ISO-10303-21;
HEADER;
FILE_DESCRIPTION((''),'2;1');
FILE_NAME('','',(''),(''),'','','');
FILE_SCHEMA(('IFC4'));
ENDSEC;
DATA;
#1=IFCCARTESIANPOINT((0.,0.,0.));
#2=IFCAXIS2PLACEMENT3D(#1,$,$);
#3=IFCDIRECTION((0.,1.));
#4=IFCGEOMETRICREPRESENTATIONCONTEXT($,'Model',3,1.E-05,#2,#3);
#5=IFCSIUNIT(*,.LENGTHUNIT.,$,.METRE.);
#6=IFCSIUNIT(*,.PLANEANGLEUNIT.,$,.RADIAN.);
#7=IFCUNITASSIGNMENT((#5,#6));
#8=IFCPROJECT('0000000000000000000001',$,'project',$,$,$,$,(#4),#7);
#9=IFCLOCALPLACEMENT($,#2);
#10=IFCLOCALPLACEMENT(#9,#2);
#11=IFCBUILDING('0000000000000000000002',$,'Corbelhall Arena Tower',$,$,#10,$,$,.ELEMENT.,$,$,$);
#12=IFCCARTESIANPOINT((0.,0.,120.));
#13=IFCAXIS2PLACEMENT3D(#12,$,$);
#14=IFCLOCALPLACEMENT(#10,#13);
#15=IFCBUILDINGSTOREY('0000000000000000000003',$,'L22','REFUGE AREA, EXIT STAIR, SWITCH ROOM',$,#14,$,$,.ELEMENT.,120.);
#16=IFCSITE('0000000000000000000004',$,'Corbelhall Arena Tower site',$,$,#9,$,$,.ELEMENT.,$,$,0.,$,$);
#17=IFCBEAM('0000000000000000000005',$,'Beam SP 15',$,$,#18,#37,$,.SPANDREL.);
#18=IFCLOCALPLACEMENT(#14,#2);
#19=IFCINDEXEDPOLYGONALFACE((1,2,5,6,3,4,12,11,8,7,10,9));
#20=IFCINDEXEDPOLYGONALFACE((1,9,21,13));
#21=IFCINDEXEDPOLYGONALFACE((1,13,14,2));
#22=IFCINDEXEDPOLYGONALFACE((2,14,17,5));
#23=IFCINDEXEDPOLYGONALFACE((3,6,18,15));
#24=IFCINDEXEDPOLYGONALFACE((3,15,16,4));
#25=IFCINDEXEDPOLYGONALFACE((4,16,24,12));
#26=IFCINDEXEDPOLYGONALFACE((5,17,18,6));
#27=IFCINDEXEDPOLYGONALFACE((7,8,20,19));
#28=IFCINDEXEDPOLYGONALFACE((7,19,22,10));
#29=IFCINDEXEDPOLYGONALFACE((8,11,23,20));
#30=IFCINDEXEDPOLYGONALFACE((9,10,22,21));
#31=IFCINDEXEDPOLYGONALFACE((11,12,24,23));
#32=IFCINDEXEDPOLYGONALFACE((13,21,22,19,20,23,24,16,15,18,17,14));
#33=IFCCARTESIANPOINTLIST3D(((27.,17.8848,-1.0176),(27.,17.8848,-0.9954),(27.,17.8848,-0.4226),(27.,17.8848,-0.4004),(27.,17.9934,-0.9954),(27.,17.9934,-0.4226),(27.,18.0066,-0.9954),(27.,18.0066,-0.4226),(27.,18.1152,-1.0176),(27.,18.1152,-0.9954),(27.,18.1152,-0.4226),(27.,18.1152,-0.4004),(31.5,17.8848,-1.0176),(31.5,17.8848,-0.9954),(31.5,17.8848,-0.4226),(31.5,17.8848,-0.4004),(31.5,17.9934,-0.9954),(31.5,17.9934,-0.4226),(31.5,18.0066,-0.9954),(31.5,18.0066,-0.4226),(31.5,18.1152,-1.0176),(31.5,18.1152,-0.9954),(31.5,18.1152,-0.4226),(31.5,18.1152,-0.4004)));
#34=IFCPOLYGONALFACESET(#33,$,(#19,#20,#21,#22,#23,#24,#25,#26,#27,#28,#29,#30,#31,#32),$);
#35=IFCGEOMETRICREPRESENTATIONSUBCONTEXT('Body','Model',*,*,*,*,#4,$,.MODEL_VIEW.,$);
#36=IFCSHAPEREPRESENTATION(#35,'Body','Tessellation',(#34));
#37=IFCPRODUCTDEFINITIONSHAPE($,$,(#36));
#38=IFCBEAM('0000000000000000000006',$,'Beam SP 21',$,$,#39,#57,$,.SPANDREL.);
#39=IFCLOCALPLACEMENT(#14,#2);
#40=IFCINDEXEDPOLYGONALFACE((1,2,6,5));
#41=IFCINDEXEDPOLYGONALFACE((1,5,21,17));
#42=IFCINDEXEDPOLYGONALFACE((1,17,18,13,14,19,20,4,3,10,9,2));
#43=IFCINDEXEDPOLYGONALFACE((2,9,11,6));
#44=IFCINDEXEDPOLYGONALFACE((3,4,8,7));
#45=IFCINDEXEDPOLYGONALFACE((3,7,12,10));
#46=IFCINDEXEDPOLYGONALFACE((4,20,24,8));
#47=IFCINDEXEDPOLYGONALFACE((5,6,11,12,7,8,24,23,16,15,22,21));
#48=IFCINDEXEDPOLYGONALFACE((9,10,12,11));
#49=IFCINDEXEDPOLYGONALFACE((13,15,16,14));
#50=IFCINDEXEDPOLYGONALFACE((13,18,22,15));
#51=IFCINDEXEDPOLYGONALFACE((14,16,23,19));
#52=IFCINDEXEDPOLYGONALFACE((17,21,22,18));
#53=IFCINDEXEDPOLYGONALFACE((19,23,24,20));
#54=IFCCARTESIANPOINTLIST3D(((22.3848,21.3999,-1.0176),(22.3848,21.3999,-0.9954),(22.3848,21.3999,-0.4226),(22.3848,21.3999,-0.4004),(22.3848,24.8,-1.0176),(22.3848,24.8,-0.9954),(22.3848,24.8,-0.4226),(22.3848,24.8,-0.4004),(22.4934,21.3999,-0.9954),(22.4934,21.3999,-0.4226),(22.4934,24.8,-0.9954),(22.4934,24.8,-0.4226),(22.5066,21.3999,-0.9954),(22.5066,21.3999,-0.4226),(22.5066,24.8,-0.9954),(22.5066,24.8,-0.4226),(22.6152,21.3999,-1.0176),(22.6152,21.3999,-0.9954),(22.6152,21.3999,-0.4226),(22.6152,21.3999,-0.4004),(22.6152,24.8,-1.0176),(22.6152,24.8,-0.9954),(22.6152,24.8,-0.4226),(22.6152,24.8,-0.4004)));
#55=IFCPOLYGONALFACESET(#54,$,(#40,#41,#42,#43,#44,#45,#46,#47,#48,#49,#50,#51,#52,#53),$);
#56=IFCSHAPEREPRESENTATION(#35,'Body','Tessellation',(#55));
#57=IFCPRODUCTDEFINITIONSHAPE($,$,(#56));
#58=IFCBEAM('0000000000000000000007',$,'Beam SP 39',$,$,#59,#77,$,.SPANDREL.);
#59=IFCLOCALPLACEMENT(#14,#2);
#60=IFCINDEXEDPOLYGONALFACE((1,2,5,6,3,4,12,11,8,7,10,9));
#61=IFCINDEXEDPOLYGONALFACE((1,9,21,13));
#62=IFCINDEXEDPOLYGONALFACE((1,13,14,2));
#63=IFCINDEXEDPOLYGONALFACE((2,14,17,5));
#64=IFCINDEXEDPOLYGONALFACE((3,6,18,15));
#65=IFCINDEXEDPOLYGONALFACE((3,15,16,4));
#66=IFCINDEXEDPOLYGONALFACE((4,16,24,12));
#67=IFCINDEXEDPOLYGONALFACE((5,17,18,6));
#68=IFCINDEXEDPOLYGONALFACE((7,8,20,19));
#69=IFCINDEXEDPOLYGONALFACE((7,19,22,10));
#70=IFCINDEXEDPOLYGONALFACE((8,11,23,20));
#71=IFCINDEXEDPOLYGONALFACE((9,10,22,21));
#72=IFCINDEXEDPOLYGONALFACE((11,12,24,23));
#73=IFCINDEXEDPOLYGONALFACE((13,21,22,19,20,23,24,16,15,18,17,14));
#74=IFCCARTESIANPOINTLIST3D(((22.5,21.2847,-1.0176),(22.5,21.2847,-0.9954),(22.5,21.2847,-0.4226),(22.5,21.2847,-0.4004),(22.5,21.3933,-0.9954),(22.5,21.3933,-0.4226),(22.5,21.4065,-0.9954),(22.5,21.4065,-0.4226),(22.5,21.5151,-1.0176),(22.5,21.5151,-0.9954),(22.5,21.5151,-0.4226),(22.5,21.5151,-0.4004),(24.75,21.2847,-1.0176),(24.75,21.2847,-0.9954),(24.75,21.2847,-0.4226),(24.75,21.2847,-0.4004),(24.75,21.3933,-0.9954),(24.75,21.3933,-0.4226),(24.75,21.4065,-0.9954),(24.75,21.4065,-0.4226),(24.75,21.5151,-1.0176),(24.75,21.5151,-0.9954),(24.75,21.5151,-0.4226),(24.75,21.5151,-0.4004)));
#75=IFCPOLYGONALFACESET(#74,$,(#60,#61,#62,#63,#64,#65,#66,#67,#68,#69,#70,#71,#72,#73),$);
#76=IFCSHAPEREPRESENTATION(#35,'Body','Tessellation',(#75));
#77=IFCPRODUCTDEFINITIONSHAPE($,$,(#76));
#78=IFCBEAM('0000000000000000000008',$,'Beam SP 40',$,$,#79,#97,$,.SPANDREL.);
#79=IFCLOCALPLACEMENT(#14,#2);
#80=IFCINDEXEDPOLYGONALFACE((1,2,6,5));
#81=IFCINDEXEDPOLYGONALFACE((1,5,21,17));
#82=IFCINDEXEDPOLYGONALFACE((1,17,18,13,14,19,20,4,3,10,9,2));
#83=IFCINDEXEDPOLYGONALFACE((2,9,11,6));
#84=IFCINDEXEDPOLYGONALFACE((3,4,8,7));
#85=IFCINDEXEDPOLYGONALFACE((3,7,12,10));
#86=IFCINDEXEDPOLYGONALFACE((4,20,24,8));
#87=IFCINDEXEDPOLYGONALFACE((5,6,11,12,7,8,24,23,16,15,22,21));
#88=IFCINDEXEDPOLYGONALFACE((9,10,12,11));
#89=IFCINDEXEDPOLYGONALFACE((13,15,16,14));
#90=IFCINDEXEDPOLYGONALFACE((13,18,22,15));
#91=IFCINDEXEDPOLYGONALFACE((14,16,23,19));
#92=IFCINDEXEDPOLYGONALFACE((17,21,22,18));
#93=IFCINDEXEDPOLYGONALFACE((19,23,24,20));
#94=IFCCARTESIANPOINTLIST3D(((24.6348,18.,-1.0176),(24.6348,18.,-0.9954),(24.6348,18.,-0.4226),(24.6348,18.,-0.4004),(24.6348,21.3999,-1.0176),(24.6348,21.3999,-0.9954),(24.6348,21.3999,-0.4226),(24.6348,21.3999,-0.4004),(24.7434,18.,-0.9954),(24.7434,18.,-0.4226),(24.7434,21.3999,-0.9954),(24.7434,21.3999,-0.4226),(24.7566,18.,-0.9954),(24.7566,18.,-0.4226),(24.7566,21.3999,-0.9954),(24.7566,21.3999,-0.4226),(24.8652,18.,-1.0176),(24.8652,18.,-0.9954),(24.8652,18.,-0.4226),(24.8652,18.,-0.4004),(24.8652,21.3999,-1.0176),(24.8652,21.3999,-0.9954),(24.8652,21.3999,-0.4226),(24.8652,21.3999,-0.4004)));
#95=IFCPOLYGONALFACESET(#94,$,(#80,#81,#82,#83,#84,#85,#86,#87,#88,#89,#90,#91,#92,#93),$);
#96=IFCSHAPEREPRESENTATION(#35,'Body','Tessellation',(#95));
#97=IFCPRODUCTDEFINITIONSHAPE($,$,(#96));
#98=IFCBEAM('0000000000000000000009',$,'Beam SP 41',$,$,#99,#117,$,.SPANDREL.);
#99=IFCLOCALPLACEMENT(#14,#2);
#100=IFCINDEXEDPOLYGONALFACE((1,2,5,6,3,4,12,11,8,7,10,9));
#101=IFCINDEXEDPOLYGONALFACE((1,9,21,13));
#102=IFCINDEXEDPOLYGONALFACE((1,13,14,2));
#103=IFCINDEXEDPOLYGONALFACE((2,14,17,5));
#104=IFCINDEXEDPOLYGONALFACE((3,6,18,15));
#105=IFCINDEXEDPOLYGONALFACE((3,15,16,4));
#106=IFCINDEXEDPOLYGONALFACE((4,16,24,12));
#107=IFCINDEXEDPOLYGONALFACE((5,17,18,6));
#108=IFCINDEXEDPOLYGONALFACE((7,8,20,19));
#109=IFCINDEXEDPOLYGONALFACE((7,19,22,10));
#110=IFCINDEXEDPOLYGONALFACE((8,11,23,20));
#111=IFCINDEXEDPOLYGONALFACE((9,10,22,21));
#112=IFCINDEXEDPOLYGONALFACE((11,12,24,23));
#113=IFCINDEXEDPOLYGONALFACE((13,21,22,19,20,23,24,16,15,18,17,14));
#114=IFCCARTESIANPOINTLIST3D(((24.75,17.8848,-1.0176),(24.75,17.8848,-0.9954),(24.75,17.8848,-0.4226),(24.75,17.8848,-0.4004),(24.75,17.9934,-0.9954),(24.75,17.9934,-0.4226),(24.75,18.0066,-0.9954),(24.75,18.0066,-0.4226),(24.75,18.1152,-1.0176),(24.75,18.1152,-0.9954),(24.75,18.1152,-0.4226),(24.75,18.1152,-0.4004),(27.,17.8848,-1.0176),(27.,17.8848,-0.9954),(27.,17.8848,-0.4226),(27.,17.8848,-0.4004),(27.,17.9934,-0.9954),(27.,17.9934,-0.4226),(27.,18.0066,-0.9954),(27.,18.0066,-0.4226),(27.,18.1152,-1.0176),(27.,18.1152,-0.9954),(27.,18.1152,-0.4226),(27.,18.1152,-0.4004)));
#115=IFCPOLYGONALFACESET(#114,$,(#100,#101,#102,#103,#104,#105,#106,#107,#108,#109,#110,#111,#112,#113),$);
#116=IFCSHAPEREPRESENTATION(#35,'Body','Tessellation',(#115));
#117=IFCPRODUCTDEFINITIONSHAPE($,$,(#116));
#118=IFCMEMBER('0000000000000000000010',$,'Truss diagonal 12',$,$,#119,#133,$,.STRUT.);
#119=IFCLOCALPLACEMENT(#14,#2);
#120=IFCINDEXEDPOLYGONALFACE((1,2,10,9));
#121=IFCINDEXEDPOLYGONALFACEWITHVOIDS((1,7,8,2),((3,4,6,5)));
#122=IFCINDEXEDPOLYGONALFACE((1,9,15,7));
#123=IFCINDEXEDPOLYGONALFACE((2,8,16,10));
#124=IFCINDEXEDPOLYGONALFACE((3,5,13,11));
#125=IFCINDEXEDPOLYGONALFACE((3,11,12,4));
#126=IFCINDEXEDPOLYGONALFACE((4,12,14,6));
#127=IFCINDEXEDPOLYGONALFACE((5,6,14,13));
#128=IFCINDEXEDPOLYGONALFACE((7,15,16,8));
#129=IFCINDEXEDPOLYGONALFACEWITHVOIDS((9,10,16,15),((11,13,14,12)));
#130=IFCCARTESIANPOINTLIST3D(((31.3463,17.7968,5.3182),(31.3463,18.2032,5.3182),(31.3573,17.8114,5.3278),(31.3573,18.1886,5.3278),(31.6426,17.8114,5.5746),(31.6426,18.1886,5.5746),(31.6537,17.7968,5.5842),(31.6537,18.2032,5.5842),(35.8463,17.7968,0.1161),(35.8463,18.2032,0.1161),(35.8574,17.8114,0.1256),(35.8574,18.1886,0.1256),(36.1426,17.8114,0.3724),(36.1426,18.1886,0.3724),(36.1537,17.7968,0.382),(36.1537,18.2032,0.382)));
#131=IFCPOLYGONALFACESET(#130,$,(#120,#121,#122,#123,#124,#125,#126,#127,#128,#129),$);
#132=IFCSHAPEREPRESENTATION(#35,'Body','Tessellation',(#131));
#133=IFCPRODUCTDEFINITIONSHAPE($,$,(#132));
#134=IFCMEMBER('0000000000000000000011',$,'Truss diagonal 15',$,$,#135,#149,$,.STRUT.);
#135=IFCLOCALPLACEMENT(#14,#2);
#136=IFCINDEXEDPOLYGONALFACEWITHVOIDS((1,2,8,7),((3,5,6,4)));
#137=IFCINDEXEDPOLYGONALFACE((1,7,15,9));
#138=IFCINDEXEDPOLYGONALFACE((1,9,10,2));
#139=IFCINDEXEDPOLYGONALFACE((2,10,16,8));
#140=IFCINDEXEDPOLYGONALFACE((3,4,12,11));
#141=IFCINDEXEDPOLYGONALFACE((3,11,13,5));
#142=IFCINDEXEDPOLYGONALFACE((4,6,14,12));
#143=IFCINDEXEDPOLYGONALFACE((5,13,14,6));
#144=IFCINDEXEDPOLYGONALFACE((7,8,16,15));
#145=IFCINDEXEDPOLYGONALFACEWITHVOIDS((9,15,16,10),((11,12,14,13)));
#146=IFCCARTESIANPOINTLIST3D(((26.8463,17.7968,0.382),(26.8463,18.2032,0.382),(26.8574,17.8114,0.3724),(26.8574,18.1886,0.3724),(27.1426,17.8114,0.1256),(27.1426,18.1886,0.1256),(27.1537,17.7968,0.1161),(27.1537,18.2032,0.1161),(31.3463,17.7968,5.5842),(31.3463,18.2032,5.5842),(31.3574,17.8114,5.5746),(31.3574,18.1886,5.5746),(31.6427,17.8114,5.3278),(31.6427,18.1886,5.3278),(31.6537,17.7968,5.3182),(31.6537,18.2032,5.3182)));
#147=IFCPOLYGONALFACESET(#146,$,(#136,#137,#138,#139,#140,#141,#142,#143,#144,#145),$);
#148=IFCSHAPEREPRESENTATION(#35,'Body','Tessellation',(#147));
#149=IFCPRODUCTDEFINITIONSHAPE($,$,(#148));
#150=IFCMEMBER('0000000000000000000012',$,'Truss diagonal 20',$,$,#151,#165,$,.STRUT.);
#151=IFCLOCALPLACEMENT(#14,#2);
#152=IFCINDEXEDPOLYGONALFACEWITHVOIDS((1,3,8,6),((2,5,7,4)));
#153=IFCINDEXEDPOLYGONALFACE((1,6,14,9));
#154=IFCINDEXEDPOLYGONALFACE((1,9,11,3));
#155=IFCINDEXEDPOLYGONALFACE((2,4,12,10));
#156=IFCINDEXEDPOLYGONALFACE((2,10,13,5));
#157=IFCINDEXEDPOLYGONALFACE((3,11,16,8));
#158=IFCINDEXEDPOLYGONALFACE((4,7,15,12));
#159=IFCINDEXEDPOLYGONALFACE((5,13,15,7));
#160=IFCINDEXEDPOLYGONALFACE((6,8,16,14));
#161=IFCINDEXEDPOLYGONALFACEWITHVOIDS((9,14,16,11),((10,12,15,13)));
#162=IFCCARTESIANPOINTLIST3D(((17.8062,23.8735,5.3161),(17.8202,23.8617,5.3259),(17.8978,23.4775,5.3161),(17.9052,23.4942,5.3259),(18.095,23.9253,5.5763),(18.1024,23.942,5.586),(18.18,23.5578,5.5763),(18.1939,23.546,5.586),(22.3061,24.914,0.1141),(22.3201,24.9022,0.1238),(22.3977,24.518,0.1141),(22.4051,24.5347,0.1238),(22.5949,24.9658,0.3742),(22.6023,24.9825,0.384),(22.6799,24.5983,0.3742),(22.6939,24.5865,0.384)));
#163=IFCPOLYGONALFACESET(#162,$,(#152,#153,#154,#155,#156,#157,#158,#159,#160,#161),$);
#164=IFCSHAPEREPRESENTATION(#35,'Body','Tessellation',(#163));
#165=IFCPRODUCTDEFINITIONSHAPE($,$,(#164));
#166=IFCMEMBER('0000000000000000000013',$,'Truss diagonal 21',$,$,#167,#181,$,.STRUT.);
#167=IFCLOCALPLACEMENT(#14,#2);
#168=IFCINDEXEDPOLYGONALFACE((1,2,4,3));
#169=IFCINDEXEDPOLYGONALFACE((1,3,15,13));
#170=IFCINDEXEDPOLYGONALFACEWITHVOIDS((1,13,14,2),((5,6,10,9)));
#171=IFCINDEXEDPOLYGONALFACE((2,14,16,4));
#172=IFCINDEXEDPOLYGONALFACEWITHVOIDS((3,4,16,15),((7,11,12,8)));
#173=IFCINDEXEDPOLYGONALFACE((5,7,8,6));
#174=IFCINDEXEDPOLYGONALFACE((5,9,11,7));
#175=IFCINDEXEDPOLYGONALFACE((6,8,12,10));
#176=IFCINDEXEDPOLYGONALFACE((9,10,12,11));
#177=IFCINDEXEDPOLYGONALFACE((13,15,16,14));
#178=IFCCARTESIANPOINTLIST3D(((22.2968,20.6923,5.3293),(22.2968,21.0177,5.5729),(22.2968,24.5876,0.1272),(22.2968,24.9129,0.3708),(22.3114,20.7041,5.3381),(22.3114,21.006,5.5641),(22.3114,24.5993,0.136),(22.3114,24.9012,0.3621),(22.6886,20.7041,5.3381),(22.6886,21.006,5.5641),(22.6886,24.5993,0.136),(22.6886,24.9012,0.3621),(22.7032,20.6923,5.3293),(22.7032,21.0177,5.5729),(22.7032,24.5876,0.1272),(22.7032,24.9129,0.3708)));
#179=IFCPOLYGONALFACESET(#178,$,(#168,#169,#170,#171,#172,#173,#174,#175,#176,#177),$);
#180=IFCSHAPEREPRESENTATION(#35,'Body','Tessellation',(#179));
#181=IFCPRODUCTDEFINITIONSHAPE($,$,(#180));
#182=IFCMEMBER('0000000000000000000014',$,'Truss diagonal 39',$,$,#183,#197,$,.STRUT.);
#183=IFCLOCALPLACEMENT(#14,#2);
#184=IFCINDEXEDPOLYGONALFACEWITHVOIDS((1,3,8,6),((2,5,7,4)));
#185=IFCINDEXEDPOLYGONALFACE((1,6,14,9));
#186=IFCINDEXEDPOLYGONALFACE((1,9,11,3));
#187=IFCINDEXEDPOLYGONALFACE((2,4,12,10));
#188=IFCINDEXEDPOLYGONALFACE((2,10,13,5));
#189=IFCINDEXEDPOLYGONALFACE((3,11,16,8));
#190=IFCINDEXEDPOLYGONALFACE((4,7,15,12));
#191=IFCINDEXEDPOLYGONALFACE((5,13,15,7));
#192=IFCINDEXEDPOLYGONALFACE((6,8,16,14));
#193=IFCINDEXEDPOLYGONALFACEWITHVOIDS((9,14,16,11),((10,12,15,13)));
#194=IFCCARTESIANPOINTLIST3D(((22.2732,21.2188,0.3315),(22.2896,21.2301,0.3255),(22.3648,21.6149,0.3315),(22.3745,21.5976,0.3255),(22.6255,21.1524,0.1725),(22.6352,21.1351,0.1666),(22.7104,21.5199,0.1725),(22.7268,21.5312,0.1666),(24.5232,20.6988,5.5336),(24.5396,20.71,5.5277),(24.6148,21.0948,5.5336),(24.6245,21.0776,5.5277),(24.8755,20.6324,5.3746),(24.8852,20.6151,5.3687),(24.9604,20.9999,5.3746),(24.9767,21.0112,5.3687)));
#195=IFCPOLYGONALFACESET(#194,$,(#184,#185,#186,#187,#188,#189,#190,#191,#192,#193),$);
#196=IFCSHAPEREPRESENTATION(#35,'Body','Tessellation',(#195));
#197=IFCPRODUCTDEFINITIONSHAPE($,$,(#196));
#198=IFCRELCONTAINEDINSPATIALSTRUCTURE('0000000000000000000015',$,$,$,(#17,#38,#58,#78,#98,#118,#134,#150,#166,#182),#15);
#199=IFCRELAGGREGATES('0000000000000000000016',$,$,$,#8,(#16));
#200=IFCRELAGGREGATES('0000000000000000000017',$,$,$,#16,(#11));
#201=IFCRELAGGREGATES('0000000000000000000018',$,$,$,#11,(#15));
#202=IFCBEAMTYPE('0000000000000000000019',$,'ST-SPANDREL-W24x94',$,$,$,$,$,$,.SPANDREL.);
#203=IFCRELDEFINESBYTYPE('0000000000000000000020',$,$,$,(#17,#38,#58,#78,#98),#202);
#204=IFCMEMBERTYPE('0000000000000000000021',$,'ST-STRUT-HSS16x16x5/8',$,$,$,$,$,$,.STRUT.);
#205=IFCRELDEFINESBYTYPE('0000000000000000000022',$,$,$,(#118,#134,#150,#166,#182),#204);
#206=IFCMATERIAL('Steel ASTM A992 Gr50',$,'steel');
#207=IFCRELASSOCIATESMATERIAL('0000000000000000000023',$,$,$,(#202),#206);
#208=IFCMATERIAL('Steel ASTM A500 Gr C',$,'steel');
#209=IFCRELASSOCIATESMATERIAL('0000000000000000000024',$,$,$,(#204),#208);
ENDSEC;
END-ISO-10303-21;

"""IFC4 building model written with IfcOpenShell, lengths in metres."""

from ifc_helpers import new_model, si_unit, direction, frame, origin, origin_2d, place, context, subcontext, project, spatial, hollow_rectangle, i_section, extrude, material, material_profile, profile_set, type_object, element, save


model = new_model("IFC4")

# Units and contexts
model_context = context("Model", 3, precision=1e-05, world=origin(), true_north=direction((0.0, 1.0)))
body_context = subcontext(model_context, "Body", "Model", "MODEL_VIEW")
ifc_project = project(units=[si_unit("LENGTHUNIT", "METRE"), si_unit("PLANEANGLEUNIT", "RADIAN")], contexts=[model_context])

# Site, building, storey
site_placement = place(None, origin())
site = spatial("IfcSite", under=ifc_project, at=site_placement, Name="Corbelhall Arena Tower site", CompositionType="ELEMENT", RefElevation=0.0)
building_placement = place(site_placement, origin())
building = spatial("IfcBuilding", under=site, at=building_placement, Name="Corbelhall Arena Tower", CompositionType="ELEMENT")
storey_placement = place(building_placement, frame((0.0, 0.0, 120.0)))
storey = spatial("IfcBuildingStorey", under=building, at=storey_placement, Name="L22", Description="REFUGE AREA, EXIT STAIR, SWITCH ROOM", CompositionType="ELEMENT", Elevation=120.0)

# Beams
ifc_material_1 = material(Name="Steel ASTM A992 Gr50", Category="steel")
ifc_material_profile_1 = material_profile(ifc_material_1, i_section(OverallWidth=0.2305, OverallDepth=0.6172, WebThickness=0.0132, FlangeThickness=0.0222, at=origin_2d()))
ifc_profile_set_1 = profile_set([ifc_material_profile_1], Name="Steel ASTM A992 Gr50")
beam_type = type_object("IfcBeamType", Name="ST-SPANDREL-W24x94", PredefinedType="SPANDREL", material=ifc_profile_set_1)
for number, where, z_axis, x_axis, name in (
    (1, (27.0, 18.0, -0.709), (1.0, 0.0, 0.0), (0.0, 1.0, 0.0), "Beam SP 15"),
):
    element("IfcBeam", number, at=place(storey_placement, frame(where, z_axis=z_axis, x_axis=x_axis)), inside=storey, type_object=beam_type, Name=name, PredefinedType="SPANDREL", context=body_context, shape_type="SweptSolid", body=[
        extrude(i_section(OverallWidth=0.2305, OverallDepth=0.6172, WebThickness=0.0132, FlangeThickness=0.0222, at=origin_2d()), origin(), (0.0, 0.0, 1.0), 4.5),
    ])
beam_1_placement = place(storey_placement, frame((22.5, 24.8, -0.709), z_axis=(0.0, -1.0, 0.0), x_axis=(1.0, 0.0, 0.0)))
element("IfcBeam", 2, at=beam_1_placement, inside=storey, type_object=beam_type, Name="Beam SP 21", PredefinedType="SPANDREL", context=body_context, shape_type="SweptSolid", body=[
    extrude(i_section(OverallWidth=0.2305, OverallDepth=0.6172, WebThickness=0.0132, FlangeThickness=0.0222, at=origin_2d()), origin(), (0.0, 0.0, 1.0), 3.4001),
])
beam_2_placement = place(storey_placement, frame((22.5, 21.3999, -0.709), z_axis=(1.0, 0.0, 0.0), x_axis=(0.0, 1.0, 0.0)))
element("IfcBeam", 3, at=beam_2_placement, inside=storey, type_object=beam_type, Name="Beam SP 39", PredefinedType="SPANDREL", context=body_context, shape_type="SweptSolid", body=[
    extrude(i_section(OverallWidth=0.2305, OverallDepth=0.6172, WebThickness=0.0132, FlangeThickness=0.0222, at=origin_2d()), origin(), (0.0, 0.0, 1.0), 2.25),
])
beam_3_placement = place(storey_placement, frame((24.75, 21.3999, -0.709), z_axis=(0.0, -1.0, 0.0), x_axis=(1.0, 0.0, 0.0)))
element("IfcBeam", 4, at=beam_3_placement, inside=storey, type_object=beam_type, Name="Beam SP 40", PredefinedType="SPANDREL", context=body_context, shape_type="SweptSolid", body=[
    extrude(i_section(OverallWidth=0.2305, OverallDepth=0.6172, WebThickness=0.0132, FlangeThickness=0.0222, at=origin_2d()), origin(), (0.0, 0.0, 1.0), 3.3999),
])
beam_4_placement = place(storey_placement, frame((24.75, 18.0, -0.709), z_axis=(1.0, 0.0, 0.0), x_axis=(0.0, 1.0, 0.0)))
element("IfcBeam", 5, at=beam_4_placement, inside=storey, type_object=beam_type, Name="Beam SP 41", PredefinedType="SPANDREL", context=body_context, shape_type="SweptSolid", body=[
    extrude(i_section(OverallWidth=0.2305, OverallDepth=0.6172, WebThickness=0.0132, FlangeThickness=0.0222, at=origin_2d()), origin(), (0.0, 0.0, 1.0), 2.25),
])

# Members
ifc_material_2 = material(Name="Steel ASTM A500 Gr C", Category="steel")
ifc_material_profile_2 = material_profile(ifc_material_2, hollow_rectangle(XDim=0.4065, YDim=0.4065, WallThickness=0.0146, at=origin_2d()))
ifc_profile_set_2 = profile_set([ifc_material_profile_2], Name="Steel ASTM A500 Gr C")
member_type_1 = type_object("IfcMemberType", Name="ST-STRUT-HSS16x16x5/8", PredefinedType="STRUT", material=ifc_profile_set_2)
for number, where, z_axis, x_axis, name in (
    (6, (36.0, 18.0, 0.249), (-0.654222, 0.0, 0.756302), (0.0, -1.0, 0.0), "Truss diagonal 12"),
    (7, (27.0, 18.0, 0.249), (0.654222, 0.0, 0.756302), (0.0, 1.0, 0.0), "Truss diagonal 15"),
):
    element("IfcMember", number, at=place(storey_placement, frame(where, z_axis=z_axis, x_axis=x_axis)), inside=storey, type_object=member_type_1, Name=name, PredefinedType="STRUT", context=body_context, shape_type="SweptSolid", body=[
        extrude(hollow_rectangle(XDim=0.4065, YDim=0.4065, WallThickness=0.0146, at=origin_2d()), origin(), (0.0, 0.0, 1.0), 6.8784),
    ])
member_1_placement = place(storey_placement, frame((22.5, 24.7502, 0.249), z_axis=(-0.646863, -0.149573, 0.747795), x_axis=(0.225284, -0.974293, 0.0)))
element("IfcMember", 8, at=member_1_placement, inside=storey, type_object=member_type_1, Name="Truss diagonal 20", PredefinedType="STRUT", context=body_context, shape_type="SweptSolid", body=[
    extrude(hollow_rectangle(XDim=0.4065, YDim=0.4065, WallThickness=0.0146, at=origin_2d()), origin(), (0.0, 0.0, 1.0), 6.9565),
])
member_2_placement = place(storey_placement, frame((22.5, 24.7502, 0.249), z_axis=(0.0, -0.599375, 0.800469), x_axis=(1.0, 0.0, 0.0)))
element("IfcMember", 9, at=member_2_placement, inside=storey, type_object=member_type_1, Name="Truss diagonal 21", PredefinedType="STRUT", context=body_context, shape_type="SweptSolid", body=[
    extrude(hollow_rectangle(XDim=0.4065, YDim=0.4065, WallThickness=0.0146, at=origin_2d()), origin(), (0.0, 0.0, 1.0), 6.4988),
])
member_3_placement = place(storey_placement, frame((22.5, 21.375, 0.249), z_axis=(0.395314, -0.091365, 0.913991), x_axis=(0.225184, 0.974316, 0.0)))
element("IfcMember", 10, at=member_3_placement, inside=storey, type_object=member_type_1, Name="Truss diagonal 39", PredefinedType="STRUT", context=body_context, shape_type="SweptSolid", body=[
    extrude(hollow_rectangle(XDim=0.4065, YDim=0.4065, WallThickness=0.0146, at=origin_2d()), origin(), (0.0, 0.0, 1.0), 5.6917),
])

save(model, "model.ifc")
